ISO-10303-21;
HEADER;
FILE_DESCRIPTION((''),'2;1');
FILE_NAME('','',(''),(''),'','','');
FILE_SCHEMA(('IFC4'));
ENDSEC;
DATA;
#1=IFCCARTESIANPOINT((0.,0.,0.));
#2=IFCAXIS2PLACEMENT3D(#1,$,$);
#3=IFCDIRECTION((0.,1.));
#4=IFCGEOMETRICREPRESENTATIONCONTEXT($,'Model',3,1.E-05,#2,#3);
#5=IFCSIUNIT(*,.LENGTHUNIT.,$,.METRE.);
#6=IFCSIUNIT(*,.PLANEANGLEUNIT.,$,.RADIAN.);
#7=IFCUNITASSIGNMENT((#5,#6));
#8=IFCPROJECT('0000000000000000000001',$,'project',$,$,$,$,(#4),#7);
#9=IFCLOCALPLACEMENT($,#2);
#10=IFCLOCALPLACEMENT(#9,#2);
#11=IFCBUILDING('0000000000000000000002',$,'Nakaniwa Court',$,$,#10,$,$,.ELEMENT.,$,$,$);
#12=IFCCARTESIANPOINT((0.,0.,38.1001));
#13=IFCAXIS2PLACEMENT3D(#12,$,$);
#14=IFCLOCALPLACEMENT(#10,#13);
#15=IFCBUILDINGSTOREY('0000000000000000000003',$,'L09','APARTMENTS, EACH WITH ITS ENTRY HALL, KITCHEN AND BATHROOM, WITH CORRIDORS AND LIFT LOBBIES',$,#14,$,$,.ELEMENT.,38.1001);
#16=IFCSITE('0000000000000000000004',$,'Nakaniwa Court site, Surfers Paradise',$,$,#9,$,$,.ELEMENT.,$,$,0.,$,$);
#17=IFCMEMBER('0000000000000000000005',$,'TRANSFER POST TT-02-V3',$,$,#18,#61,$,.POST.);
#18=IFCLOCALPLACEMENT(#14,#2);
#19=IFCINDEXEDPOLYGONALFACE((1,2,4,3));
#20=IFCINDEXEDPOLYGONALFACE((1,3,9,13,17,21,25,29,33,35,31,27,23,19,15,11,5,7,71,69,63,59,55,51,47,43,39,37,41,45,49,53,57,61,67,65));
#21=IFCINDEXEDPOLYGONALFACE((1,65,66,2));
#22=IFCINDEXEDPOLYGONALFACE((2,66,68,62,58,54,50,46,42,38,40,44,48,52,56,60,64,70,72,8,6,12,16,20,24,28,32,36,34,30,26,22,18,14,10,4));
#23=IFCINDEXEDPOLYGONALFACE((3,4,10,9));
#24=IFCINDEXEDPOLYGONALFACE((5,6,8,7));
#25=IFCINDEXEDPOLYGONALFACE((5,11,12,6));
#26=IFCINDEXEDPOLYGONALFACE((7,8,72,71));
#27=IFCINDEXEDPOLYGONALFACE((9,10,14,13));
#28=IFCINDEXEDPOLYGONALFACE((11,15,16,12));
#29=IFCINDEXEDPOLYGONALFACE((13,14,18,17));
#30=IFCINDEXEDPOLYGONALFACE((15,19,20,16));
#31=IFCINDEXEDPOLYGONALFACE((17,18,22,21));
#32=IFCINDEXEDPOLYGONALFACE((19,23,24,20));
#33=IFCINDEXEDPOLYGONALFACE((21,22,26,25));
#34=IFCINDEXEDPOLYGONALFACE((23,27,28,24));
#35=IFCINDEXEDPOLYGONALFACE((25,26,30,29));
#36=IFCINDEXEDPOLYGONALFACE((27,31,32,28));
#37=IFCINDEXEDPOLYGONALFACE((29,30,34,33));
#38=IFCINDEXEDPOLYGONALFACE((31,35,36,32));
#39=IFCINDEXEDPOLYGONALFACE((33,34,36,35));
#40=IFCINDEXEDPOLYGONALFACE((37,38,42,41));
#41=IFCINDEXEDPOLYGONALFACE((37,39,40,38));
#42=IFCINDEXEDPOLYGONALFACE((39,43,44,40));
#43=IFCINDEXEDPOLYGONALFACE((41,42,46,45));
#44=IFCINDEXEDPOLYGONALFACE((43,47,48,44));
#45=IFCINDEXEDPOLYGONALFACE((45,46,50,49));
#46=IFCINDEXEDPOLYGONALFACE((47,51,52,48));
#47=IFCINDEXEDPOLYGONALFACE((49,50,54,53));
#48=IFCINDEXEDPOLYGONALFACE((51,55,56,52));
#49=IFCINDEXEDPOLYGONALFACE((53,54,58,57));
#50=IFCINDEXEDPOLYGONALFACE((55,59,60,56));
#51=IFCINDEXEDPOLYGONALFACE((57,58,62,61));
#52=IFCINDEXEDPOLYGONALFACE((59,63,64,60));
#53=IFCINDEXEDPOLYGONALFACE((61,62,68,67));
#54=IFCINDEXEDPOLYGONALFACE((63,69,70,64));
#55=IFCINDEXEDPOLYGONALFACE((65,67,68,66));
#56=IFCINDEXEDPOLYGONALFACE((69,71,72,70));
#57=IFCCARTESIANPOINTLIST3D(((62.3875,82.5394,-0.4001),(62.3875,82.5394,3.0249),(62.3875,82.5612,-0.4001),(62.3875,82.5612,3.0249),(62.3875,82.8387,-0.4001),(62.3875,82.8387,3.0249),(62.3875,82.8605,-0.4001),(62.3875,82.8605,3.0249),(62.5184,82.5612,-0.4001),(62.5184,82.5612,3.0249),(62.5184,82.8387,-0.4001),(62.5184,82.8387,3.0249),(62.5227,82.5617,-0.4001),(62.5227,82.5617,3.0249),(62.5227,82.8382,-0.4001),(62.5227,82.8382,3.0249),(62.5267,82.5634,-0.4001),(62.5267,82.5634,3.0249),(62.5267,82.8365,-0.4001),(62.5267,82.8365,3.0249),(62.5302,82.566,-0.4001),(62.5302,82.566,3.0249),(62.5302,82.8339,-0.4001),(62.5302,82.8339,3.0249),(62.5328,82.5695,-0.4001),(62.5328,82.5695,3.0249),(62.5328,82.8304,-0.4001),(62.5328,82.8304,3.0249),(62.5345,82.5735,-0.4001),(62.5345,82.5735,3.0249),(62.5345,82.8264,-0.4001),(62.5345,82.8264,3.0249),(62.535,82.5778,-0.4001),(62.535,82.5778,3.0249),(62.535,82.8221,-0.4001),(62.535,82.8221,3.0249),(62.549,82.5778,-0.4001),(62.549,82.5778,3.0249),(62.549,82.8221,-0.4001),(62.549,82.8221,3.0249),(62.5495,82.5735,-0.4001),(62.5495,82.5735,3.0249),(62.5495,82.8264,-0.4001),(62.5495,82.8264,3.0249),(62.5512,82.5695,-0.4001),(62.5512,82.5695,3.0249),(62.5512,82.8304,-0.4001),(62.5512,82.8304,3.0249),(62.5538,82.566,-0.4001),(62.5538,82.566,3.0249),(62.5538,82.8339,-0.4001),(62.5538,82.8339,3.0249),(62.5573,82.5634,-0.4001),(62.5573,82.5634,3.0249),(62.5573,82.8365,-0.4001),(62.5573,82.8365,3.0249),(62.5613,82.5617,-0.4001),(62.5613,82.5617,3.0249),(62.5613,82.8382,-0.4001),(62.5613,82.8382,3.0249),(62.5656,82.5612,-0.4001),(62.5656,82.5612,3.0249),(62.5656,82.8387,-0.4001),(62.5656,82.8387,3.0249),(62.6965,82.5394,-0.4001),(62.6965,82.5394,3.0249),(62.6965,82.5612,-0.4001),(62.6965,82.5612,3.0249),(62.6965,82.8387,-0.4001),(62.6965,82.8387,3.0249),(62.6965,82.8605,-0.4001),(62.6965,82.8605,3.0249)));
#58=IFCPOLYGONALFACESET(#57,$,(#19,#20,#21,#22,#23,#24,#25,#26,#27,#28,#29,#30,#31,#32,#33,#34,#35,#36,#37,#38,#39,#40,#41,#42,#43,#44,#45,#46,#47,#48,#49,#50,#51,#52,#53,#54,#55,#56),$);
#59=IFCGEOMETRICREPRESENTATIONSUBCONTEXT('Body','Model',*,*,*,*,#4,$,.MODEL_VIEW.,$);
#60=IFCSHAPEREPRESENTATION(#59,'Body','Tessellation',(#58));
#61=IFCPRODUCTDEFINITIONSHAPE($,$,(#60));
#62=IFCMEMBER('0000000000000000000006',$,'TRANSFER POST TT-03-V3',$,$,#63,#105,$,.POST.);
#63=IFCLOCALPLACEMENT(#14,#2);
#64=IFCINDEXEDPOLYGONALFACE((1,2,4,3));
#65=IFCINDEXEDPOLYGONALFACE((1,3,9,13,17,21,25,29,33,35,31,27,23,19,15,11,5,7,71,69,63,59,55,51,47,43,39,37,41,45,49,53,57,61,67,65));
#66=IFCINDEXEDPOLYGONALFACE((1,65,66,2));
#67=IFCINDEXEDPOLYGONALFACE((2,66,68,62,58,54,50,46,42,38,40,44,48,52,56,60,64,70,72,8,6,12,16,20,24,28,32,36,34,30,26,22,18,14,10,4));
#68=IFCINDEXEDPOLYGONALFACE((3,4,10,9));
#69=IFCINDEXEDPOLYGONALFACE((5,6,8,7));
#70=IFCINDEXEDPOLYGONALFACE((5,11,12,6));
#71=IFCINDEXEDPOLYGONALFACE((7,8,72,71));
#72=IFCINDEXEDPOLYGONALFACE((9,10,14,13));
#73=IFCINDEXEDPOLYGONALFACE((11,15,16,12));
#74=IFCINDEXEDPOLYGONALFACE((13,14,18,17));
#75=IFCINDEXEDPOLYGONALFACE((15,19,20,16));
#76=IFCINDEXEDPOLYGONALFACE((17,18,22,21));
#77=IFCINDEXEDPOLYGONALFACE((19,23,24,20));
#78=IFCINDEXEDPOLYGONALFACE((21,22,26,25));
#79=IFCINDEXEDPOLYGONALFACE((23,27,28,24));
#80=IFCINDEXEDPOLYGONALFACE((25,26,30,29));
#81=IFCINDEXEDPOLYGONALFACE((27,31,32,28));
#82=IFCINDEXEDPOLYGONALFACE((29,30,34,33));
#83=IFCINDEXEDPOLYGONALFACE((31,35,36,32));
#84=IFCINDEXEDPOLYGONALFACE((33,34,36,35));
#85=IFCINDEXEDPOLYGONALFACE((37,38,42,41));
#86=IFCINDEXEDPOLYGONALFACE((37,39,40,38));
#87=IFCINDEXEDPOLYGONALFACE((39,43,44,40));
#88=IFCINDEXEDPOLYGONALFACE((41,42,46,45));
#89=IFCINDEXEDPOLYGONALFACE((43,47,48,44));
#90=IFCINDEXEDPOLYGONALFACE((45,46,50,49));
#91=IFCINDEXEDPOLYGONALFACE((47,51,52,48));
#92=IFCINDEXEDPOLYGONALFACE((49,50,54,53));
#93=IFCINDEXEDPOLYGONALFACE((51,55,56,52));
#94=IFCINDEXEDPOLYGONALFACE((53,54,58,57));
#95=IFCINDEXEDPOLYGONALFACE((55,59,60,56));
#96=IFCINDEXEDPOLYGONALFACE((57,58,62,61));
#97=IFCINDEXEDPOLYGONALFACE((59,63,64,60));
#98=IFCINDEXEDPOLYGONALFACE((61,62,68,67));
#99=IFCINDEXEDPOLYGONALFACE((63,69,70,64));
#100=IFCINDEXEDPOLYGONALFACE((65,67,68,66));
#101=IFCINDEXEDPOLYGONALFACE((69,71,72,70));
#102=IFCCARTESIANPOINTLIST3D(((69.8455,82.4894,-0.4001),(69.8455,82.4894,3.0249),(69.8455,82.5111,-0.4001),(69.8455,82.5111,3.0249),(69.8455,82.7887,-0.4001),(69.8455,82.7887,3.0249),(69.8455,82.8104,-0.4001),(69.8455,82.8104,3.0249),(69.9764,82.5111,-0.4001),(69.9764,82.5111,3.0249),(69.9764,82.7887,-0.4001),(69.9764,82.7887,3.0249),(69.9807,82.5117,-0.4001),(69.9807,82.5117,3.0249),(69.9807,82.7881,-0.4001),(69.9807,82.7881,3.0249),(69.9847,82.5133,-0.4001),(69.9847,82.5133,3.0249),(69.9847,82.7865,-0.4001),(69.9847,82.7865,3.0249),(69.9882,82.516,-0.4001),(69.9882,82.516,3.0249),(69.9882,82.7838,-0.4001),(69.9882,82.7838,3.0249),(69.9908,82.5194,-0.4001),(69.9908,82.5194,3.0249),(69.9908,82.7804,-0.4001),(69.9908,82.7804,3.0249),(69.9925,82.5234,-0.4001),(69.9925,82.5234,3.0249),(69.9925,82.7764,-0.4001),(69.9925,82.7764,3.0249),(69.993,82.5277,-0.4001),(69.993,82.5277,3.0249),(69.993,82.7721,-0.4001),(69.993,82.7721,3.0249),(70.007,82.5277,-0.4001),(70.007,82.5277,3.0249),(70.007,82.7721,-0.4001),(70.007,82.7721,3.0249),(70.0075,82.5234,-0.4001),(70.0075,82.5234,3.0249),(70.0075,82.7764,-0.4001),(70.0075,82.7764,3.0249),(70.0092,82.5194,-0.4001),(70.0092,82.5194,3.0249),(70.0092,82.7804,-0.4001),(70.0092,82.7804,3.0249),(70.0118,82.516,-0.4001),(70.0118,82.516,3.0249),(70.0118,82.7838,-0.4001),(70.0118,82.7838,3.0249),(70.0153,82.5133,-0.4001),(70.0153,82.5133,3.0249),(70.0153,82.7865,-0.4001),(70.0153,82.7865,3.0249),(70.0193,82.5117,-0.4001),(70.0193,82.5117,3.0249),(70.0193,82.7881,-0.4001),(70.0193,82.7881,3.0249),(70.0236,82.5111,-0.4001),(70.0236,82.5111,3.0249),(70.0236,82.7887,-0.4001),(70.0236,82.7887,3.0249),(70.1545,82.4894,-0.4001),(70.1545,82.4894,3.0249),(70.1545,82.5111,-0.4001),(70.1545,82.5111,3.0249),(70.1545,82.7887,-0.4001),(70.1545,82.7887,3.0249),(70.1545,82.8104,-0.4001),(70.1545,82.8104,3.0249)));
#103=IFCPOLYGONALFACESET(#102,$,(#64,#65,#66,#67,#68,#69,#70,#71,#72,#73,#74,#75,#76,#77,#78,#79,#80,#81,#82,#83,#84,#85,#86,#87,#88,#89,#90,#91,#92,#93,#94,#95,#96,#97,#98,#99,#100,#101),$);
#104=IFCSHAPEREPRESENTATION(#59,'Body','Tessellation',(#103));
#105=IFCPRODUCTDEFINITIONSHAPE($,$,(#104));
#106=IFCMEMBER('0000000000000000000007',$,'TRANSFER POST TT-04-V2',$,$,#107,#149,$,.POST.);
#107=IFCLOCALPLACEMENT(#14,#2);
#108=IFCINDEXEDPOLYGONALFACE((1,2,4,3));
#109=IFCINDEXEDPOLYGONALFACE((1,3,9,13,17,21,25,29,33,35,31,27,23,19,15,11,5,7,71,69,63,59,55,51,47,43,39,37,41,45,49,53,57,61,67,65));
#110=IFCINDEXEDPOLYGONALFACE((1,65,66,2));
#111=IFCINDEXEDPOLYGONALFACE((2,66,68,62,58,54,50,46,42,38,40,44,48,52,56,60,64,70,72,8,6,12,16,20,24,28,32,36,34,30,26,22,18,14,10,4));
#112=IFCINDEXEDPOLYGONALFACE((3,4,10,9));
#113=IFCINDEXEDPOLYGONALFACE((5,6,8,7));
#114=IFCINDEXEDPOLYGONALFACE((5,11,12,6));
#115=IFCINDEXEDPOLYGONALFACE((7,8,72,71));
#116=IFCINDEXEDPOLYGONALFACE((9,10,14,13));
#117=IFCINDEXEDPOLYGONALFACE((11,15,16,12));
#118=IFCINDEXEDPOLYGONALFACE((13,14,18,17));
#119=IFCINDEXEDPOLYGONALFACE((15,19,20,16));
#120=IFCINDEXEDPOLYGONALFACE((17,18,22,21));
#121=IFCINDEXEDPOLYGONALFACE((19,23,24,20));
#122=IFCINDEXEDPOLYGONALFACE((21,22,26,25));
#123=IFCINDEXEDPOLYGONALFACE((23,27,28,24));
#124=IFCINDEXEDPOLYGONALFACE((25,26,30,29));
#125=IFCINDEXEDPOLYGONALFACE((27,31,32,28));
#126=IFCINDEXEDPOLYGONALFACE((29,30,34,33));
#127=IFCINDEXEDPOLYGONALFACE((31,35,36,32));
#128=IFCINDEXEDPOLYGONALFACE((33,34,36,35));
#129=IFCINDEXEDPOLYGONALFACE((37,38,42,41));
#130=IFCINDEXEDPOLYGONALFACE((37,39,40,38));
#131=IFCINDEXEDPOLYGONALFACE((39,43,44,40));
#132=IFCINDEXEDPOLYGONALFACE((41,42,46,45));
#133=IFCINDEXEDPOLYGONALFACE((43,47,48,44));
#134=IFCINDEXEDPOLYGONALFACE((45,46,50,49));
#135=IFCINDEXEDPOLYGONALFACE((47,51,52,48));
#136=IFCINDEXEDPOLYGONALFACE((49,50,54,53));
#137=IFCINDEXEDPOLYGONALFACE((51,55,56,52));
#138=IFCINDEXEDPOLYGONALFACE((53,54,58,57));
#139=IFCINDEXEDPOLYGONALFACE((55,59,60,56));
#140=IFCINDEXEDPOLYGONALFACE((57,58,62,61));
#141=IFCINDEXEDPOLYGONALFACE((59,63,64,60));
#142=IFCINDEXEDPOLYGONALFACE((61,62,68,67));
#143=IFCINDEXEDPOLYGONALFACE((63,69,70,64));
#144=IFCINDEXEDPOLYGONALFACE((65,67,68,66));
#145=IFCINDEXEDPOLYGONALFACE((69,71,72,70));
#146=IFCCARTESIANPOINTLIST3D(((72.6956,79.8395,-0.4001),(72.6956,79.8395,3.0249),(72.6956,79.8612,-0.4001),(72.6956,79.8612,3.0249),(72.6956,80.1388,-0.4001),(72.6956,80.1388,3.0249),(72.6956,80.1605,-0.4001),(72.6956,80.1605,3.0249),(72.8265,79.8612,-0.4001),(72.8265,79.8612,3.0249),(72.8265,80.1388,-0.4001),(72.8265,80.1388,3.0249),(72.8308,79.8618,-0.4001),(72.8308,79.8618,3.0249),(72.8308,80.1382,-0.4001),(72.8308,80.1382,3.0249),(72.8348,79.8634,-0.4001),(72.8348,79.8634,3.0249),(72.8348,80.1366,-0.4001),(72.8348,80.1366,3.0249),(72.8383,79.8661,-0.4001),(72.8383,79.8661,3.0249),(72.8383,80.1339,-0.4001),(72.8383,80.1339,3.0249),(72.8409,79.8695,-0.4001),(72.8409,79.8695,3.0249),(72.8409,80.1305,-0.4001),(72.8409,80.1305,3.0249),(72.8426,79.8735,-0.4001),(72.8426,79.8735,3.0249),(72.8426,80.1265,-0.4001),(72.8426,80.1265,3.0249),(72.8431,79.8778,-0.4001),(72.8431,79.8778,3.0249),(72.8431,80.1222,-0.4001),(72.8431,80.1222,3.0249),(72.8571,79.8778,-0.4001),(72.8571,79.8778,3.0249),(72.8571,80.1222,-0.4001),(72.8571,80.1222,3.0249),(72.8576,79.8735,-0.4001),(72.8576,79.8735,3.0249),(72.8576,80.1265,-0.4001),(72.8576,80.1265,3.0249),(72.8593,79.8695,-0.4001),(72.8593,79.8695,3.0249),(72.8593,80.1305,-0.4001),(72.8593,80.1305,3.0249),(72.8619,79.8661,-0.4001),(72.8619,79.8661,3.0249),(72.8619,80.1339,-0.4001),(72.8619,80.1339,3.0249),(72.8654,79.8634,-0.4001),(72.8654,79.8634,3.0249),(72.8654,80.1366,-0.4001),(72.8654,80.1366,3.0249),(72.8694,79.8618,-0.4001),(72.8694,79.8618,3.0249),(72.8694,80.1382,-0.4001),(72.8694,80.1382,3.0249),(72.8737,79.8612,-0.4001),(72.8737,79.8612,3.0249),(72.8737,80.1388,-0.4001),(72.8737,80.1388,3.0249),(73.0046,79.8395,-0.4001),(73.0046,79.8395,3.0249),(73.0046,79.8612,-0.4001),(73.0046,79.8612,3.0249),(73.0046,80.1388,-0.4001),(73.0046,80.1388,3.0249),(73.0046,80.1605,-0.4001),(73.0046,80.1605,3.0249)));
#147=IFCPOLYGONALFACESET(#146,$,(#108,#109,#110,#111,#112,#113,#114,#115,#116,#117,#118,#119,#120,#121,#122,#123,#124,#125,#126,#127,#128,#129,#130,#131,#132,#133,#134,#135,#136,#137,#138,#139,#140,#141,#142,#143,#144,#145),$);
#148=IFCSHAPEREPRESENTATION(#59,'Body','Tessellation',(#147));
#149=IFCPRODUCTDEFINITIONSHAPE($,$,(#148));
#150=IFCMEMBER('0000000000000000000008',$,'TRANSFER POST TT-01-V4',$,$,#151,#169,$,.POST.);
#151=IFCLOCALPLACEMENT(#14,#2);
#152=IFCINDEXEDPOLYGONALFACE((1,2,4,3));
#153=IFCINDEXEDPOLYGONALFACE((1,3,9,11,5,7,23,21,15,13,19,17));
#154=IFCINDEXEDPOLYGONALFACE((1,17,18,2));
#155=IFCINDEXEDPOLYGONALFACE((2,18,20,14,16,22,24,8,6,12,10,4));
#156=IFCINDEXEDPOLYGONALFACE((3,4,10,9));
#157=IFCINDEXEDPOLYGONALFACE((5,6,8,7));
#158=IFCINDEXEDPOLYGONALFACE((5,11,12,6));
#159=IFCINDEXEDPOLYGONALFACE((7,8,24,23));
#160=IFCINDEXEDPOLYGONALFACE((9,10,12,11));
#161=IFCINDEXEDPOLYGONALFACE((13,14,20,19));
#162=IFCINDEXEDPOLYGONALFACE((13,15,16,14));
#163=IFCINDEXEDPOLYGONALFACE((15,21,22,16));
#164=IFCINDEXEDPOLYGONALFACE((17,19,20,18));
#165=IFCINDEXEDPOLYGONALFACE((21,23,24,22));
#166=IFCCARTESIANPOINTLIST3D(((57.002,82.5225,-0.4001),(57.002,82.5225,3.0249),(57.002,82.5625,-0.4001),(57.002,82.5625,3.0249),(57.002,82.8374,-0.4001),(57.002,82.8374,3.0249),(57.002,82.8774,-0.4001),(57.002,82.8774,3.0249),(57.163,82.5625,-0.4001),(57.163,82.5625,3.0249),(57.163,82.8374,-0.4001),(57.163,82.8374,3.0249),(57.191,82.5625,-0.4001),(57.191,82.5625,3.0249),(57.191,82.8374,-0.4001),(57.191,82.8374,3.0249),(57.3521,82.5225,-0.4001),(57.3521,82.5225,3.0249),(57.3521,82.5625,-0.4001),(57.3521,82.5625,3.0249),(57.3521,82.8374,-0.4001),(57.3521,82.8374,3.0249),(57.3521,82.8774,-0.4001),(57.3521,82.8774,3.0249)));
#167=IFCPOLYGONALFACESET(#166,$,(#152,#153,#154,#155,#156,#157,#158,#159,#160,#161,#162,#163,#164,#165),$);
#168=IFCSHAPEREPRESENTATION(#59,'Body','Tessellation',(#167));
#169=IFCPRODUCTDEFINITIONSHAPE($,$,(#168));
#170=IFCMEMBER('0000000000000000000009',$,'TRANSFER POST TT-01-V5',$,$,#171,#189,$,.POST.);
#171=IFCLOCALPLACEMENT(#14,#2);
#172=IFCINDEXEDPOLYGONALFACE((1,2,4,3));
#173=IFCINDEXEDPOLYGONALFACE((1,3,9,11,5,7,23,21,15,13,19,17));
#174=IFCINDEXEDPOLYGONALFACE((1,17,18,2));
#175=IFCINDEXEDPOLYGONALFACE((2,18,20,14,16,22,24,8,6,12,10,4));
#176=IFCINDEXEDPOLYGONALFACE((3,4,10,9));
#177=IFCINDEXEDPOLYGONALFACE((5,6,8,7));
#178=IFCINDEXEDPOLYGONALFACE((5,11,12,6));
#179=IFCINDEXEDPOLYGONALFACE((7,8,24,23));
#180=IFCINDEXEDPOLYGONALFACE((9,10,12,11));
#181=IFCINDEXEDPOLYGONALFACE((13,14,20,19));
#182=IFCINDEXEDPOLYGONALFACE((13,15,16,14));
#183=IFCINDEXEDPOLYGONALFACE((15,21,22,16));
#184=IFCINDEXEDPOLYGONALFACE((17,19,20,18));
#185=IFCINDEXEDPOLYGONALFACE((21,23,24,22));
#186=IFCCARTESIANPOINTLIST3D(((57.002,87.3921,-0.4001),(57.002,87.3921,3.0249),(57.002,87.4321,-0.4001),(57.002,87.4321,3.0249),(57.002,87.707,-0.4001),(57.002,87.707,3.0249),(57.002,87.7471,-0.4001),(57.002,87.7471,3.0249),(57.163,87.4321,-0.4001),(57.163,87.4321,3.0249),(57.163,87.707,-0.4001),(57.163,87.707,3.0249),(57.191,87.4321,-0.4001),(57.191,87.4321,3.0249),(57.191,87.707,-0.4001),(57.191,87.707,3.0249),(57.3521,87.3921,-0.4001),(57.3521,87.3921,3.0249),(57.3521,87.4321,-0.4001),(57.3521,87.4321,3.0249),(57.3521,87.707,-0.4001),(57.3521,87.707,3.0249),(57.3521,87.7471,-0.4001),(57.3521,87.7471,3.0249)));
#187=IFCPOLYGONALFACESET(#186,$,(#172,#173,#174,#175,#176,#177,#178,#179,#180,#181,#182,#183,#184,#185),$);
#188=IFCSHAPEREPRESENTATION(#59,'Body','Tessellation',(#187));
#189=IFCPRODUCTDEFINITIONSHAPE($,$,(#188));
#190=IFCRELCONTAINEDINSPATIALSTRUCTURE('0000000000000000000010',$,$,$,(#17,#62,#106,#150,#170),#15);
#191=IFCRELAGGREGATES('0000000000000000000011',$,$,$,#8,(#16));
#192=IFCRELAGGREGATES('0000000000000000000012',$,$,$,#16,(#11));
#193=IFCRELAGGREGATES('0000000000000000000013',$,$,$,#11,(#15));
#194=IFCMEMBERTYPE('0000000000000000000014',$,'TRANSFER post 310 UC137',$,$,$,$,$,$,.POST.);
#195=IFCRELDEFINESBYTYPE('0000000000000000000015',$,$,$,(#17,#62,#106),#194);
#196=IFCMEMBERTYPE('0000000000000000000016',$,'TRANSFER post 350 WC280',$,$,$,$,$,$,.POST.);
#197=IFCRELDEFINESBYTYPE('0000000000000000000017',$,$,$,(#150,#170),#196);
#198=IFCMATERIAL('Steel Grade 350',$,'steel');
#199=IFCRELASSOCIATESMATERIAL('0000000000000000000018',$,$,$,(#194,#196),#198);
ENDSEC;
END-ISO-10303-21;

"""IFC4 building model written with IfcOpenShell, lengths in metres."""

from ifc_helpers import new_model, si_unit, direction, frame, origin, origin_2d, place, context, subcontext, project, spatial, i_section, extrude, material, material_profile, profile_set, type_object, element, save


model = new_model("IFC4")

# Units and contexts
model_context = context("Model", 3, precision=1e-05, world=origin(), true_north=direction((0.0, 1.0)))
body_context = subcontext(model_context, "Body", "Model", "MODEL_VIEW")
ifc_project = project(units=[si_unit("LENGTHUNIT", "METRE"), si_unit("PLANEANGLEUNIT", "RADIAN")], contexts=[model_context])

# Site, building, storey
site_placement = place(None, origin())
site = spatial("IfcSite", under=ifc_project, at=site_placement, Name="Nakaniwa Court site, Surfers Paradise", CompositionType="ELEMENT", RefElevation=0.0)
building_placement = place(site_placement, origin())
building = spatial("IfcBuilding", under=site, at=building_placement, Name="Nakaniwa Court", CompositionType="ELEMENT")
storey_placement = place(building_placement, frame((0.0, 0.0, 38.1001)))
storey = spatial("IfcBuildingStorey", under=building, at=storey_placement, Name="L09", Description="APARTMENTS, EACH WITH ITS ENTRY HALL, KITCHEN AND BATHROOM, WITH CORRIDORS AND LIFT LOBBIES", CompositionType="ELEMENT", Elevation=38.1001)

# Members
ifc_material_1 = material(Name="Steel Grade 350", Category="steel")
ifc_material_profile_1 = material_profile(ifc_material_1, i_section(OverallWidth=0.3091, OverallDepth=0.321, WebThickness=0.0139, FlangeThickness=0.0217, FilletRadius=0.0166, at=origin_2d()), Name="310UC137")
ifc_profile_set_1 = profile_set([ifc_material_profile_1], Name="Steel Grade 350")
member_type_1 = type_object("IfcMemberType", Name="TRANSFER post 310 UC137", PredefinedType="POST", material=ifc_profile_set_1)
for number, where, z_axis, x_axis, name in (
    (1, (62.542, 82.7, -0.4001), (0.0, 0.0, 1.0), (1.0, 0.0, 0.0), "TRANSFER POST TT-02-V3"),
    (2, (70.0, 82.6499, -0.4001), (0.0, 0.0, 1.0), (1.0, 0.0, 0.0), "TRANSFER POST TT-03-V3"),
    (3, (72.8501, 80.0, -0.4001), (0.0, 0.0, 1.0), (1.0, 0.0, 0.0), "TRANSFER POST TT-04-V2"),
):
    element("IfcMember", number, at=place(storey_placement, frame(where, z_axis=z_axis, x_axis=x_axis)), inside=storey, type_object=member_type_1, Name=name, PredefinedType="POST", context=body_context, shape_type="SweptSolid", body=[
        extrude(i_section(OverallWidth=0.3091, OverallDepth=0.321, WebThickness=0.0139, FlangeThickness=0.0217, FilletRadius=0.0166, at=origin_2d()), origin(), (0.0, 0.0, 1.0), 3.425),
    ])
ifc_material_profile_2 = material_profile(ifc_material_1, i_section(OverallWidth=0.3501, OverallDepth=0.355, WebThickness=0.0281, FlangeThickness=0.04, at=origin_2d()), Name="350WC280")
ifc_profile_set_2 = profile_set([ifc_material_profile_2], Name="Steel Grade 350")
member_type_2 = type_object("IfcMemberType", Name="TRANSFER post 350 WC280", PredefinedType="POST", material=ifc_profile_set_2)
for number, where, z_axis, x_axis, name in (
    (4, (57.177, 82.7, -0.4001), (0.0, 0.0, 1.0), (1.0, 0.0, 0.0), "TRANSFER POST TT-01-V4"),
    (5, (57.177, 87.5696, -0.4001), (0.0, 0.0, 1.0), (1.0, 0.0, 0.0), "TRANSFER POST TT-01-V5"),
):
    element("IfcMember", number, at=place(storey_placement, frame(where, z_axis=z_axis, x_axis=x_axis)), inside=storey, type_object=member_type_2, Name=name, PredefinedType="POST", context=body_context, shape_type="SweptSolid", body=[
        extrude(i_section(OverallWidth=0.3501, OverallDepth=0.355, WebThickness=0.0281, FlangeThickness=0.04, at=origin_2d()), origin(), (0.0, 0.0, 1.0), 3.425),
    ])

save(model, "model.ifc")
